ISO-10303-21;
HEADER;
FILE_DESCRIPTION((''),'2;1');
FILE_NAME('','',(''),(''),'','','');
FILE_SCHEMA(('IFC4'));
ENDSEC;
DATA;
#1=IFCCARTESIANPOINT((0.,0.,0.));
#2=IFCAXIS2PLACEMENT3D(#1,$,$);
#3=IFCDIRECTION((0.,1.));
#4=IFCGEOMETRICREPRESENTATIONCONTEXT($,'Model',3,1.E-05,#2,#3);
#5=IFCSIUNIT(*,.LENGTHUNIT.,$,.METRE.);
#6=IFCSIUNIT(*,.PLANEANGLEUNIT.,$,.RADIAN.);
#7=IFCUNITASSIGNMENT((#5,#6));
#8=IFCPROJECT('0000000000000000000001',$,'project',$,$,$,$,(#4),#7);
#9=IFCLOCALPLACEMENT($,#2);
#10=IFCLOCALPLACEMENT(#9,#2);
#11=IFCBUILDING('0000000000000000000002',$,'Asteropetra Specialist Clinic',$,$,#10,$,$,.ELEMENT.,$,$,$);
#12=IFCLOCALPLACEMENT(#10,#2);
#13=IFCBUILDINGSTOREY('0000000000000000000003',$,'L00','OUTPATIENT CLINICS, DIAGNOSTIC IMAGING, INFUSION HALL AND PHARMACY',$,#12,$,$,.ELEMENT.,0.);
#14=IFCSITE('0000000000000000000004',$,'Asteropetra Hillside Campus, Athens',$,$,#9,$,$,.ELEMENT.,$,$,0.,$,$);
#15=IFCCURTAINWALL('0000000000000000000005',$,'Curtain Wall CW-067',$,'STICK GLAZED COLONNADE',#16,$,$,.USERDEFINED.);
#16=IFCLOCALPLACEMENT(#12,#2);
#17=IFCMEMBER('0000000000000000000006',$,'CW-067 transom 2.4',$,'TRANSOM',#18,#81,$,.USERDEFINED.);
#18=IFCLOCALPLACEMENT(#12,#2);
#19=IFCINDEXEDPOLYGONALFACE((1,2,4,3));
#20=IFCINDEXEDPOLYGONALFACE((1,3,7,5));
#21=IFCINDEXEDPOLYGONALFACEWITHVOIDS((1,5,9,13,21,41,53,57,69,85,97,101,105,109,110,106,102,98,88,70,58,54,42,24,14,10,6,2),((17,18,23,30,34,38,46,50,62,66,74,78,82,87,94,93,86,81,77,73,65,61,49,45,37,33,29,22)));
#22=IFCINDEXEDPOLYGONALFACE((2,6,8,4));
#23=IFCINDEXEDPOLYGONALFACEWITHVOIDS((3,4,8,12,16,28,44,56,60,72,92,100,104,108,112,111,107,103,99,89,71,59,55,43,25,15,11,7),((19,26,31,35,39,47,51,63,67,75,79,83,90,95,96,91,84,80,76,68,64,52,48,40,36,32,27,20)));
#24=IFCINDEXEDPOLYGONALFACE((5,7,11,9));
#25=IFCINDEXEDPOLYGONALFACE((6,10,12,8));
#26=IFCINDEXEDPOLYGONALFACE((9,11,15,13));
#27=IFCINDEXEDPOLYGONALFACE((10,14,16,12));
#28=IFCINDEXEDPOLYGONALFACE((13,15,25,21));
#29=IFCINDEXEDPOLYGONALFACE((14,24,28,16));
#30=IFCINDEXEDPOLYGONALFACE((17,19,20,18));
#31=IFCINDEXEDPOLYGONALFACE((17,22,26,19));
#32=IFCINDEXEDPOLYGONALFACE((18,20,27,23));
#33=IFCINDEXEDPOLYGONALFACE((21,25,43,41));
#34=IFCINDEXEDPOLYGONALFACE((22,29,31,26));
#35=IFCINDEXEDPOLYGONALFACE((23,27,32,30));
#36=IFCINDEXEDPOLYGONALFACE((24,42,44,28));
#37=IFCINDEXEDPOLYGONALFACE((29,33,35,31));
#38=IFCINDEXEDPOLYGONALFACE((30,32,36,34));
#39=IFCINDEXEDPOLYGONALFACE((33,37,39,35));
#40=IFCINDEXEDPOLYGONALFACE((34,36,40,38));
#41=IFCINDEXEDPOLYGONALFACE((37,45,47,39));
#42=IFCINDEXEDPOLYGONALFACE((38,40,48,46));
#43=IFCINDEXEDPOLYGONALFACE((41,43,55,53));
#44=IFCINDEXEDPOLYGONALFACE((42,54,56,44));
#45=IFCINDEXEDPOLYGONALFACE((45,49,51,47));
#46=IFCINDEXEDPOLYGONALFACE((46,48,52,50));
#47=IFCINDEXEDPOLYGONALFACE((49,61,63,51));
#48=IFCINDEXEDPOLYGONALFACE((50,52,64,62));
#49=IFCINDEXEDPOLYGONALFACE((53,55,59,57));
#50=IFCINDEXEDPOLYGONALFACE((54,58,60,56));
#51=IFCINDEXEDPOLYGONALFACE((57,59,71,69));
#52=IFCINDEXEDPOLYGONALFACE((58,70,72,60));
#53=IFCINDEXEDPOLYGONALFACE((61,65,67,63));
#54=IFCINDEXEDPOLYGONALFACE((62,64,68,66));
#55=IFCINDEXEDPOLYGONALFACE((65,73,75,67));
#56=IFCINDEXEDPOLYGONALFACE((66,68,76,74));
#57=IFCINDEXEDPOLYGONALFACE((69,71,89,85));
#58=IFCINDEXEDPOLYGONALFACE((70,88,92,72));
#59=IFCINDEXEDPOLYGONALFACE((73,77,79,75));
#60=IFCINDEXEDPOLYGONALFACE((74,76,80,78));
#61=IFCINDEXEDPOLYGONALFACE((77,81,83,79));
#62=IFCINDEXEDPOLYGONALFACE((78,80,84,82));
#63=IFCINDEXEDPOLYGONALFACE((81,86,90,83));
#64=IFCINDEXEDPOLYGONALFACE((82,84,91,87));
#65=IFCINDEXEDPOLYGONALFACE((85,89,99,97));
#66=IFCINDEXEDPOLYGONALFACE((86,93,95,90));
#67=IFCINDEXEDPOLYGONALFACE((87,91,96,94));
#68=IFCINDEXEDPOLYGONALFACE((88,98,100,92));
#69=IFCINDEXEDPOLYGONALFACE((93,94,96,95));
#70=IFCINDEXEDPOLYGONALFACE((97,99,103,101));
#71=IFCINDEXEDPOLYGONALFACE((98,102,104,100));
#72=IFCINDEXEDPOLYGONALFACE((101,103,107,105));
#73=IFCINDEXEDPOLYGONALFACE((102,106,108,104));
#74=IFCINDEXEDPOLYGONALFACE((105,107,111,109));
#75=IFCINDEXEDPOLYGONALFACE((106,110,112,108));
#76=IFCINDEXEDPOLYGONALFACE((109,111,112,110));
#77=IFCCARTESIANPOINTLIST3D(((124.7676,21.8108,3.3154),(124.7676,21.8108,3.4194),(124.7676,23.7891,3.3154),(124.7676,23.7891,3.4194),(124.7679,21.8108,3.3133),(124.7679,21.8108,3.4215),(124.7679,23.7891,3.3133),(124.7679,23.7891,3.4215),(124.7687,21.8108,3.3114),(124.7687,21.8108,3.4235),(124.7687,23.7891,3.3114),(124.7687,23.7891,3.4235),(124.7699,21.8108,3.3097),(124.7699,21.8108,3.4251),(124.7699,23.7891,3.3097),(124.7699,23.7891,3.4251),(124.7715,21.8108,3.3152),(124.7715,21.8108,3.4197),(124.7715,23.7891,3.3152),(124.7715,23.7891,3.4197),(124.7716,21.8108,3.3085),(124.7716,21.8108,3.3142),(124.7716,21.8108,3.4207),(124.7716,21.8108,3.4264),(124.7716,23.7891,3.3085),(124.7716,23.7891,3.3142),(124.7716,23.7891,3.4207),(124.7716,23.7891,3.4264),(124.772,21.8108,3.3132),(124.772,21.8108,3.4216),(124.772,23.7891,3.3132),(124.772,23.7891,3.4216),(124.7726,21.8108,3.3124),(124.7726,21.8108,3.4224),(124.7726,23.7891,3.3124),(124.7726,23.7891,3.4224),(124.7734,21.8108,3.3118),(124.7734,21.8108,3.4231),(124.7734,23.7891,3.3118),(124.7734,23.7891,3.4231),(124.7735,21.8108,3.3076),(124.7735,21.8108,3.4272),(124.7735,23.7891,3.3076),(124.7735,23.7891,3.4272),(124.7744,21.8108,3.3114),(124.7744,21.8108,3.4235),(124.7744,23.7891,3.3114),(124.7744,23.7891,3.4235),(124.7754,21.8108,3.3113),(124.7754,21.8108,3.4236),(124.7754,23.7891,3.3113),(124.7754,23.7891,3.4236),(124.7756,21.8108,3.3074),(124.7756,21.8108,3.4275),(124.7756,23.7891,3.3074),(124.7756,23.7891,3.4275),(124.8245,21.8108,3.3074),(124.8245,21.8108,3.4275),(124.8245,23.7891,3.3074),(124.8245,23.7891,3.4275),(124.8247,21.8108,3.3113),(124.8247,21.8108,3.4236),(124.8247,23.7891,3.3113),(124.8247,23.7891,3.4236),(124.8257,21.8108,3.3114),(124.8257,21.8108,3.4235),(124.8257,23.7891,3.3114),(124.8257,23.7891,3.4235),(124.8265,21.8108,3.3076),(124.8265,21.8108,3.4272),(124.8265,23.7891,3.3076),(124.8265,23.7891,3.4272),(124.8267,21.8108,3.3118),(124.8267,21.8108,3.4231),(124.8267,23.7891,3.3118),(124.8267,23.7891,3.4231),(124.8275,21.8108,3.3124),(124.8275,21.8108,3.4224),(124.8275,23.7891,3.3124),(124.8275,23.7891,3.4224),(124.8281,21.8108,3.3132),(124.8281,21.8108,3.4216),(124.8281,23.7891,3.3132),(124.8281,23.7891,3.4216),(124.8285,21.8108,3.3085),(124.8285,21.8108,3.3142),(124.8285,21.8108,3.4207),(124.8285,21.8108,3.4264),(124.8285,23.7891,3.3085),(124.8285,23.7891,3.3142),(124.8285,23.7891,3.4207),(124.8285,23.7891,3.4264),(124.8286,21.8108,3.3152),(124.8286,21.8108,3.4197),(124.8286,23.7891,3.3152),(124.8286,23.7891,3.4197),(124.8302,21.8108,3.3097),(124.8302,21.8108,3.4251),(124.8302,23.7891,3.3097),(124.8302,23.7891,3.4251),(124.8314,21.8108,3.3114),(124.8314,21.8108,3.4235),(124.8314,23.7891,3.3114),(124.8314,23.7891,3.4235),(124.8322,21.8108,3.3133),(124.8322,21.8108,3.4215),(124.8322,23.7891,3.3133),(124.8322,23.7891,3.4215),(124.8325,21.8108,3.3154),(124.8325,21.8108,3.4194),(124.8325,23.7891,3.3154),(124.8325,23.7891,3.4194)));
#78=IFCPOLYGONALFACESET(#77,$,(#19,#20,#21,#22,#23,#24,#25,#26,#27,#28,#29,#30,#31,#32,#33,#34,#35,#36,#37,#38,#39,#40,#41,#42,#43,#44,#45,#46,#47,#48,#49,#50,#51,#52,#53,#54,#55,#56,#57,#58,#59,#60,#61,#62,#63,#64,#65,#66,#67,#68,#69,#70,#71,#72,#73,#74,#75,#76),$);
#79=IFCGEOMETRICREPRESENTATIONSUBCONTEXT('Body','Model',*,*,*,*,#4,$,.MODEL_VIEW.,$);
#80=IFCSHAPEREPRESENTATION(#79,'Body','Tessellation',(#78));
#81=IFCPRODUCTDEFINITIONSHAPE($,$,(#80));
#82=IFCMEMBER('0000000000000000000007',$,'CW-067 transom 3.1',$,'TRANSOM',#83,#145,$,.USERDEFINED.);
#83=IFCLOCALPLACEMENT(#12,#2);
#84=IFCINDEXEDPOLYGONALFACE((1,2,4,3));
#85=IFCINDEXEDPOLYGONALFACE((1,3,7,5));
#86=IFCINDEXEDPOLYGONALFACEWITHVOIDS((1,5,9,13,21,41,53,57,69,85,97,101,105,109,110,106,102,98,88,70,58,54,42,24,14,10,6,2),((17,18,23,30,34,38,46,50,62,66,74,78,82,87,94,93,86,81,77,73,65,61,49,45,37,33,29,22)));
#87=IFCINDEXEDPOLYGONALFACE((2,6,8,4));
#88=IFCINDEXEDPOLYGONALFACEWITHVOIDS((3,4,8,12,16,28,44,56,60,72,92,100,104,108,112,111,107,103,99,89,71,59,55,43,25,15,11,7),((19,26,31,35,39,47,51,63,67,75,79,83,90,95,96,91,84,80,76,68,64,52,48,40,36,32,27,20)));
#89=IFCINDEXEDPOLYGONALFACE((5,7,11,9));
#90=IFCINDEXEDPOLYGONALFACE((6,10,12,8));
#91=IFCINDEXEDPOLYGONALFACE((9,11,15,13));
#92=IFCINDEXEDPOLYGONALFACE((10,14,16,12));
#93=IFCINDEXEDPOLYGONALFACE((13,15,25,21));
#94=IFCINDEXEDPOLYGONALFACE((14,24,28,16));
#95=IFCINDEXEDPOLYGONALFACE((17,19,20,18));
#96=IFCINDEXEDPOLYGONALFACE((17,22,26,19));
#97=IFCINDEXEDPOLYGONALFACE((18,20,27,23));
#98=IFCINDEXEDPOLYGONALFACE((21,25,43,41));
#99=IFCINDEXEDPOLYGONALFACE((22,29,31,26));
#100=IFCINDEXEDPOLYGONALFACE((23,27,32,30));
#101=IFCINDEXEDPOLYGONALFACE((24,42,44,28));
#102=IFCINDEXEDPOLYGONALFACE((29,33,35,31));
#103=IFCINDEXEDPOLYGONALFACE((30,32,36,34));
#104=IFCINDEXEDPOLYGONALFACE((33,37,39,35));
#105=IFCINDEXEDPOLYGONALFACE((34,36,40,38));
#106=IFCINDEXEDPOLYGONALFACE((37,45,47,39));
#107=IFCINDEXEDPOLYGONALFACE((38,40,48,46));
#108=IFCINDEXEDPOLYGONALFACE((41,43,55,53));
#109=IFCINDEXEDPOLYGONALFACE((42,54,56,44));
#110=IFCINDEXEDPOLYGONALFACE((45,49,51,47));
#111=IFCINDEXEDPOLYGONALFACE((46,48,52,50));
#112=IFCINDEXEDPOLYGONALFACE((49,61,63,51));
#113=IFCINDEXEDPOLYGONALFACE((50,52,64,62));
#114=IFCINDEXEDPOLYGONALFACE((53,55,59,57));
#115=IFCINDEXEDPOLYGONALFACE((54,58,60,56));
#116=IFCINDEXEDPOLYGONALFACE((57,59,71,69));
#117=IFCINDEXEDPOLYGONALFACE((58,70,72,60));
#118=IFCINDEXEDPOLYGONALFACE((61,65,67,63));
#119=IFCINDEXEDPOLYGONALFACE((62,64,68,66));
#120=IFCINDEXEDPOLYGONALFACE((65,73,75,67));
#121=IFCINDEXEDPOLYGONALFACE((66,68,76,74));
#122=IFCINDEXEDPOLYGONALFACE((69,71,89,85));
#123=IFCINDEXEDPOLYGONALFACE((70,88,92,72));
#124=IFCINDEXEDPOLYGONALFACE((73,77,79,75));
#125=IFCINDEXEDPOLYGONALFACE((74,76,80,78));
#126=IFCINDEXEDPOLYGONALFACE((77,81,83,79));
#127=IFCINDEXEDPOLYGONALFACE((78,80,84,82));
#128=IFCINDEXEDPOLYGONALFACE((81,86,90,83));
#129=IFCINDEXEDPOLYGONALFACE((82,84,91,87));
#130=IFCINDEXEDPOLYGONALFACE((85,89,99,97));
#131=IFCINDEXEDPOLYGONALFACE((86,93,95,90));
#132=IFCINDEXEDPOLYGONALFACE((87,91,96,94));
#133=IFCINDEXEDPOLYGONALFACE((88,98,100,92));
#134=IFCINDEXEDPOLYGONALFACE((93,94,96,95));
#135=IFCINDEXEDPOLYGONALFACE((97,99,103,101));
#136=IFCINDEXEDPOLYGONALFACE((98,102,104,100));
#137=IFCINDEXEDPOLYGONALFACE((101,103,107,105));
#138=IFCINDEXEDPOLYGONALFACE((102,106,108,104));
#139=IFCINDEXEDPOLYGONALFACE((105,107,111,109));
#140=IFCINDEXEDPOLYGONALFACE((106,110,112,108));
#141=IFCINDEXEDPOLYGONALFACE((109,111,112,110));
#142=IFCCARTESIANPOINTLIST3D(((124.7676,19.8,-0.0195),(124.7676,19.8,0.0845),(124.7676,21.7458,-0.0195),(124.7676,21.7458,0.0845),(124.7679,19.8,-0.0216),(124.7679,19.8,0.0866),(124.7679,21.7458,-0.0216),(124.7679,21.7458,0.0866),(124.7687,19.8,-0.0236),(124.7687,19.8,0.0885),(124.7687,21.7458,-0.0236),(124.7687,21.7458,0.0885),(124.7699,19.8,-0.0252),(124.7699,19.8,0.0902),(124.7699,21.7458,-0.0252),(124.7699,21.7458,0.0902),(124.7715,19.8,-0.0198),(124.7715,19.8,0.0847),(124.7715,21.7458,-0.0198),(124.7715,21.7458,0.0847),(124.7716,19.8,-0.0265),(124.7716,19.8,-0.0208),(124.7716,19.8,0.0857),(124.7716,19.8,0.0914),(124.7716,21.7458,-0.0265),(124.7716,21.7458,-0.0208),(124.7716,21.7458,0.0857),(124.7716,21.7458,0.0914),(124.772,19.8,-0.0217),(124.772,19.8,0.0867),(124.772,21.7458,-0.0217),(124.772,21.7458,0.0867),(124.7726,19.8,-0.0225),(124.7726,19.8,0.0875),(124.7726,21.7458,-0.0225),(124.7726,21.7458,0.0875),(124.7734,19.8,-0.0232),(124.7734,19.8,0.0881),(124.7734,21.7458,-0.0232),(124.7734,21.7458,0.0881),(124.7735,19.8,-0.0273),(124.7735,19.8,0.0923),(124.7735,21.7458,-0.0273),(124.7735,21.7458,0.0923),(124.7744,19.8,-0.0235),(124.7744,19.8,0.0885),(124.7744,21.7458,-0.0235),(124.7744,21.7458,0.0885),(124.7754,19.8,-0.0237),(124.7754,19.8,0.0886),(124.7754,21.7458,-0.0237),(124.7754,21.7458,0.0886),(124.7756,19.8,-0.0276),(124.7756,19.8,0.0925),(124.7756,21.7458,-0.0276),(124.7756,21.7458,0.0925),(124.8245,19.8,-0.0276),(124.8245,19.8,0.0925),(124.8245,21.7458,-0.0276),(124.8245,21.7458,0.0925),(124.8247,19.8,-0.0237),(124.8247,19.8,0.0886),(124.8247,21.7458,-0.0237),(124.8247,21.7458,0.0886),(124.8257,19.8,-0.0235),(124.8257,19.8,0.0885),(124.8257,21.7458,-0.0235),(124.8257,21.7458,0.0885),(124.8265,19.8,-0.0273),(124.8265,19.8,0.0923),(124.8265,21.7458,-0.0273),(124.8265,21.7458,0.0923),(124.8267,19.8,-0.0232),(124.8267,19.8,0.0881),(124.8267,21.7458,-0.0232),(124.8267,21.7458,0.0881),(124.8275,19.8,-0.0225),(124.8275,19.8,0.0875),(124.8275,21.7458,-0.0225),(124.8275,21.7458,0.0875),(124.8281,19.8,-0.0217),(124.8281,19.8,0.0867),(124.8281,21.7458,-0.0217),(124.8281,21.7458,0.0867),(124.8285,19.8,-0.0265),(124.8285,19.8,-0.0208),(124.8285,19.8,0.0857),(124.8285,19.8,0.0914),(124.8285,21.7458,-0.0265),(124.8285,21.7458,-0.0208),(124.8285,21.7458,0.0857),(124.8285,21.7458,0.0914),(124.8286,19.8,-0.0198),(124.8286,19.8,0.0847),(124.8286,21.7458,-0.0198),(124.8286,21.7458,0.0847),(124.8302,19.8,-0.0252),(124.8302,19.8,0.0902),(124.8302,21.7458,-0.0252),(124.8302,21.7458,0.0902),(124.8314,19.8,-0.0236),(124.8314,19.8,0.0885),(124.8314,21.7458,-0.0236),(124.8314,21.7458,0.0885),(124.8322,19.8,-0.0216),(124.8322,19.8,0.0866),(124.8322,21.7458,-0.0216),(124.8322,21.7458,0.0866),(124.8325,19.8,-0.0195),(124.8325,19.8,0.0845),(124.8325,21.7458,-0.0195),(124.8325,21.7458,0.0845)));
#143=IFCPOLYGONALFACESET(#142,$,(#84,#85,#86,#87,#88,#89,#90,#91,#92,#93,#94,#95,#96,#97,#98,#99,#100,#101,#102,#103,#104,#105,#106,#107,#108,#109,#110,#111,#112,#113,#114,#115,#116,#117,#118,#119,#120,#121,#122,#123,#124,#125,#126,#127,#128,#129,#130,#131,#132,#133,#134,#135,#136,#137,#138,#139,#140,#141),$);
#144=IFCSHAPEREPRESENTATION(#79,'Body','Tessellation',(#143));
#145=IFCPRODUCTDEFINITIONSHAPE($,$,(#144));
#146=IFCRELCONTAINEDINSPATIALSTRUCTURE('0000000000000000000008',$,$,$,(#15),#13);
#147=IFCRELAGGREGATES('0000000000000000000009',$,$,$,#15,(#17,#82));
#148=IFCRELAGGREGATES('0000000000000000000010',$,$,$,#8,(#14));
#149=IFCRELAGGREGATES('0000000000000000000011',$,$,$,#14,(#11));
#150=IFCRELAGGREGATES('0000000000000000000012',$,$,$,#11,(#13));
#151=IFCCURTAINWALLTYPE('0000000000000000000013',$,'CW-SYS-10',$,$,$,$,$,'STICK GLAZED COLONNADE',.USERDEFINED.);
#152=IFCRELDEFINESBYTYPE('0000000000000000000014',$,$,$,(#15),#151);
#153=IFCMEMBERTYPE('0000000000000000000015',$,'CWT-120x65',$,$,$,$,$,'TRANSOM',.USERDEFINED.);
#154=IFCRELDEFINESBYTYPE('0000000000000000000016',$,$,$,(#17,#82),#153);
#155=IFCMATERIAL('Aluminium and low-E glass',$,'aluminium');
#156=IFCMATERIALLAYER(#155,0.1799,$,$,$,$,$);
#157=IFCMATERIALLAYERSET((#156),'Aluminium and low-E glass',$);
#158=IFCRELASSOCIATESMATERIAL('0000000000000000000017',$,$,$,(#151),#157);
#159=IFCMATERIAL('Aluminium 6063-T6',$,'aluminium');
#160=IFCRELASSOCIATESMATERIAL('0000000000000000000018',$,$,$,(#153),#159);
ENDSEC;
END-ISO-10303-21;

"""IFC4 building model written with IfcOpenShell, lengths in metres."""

from ifc_helpers import new_model, si_unit, direction, frame, origin, origin_2d, place, context, subcontext, project, spatial, hollow_rectangle, extrude, material, layer, layer_set, material_profile, profile_set, type_object, element, aggregate, save


model = new_model("IFC4")

# Units and contexts
model_context = context("Model", 3, precision=1e-05, world=origin(), true_north=direction((0.0, 1.0)))
body_context = subcontext(model_context, "Body", "Model", "MODEL_VIEW")
ifc_project = project(units=[si_unit("LENGTHUNIT", "METRE"), si_unit("PLANEANGLEUNIT", "RADIAN")], contexts=[model_context])

# Site, building, storey
site_placement = place(None, origin())
site = spatial("IfcSite", under=ifc_project, at=site_placement, Name="Asteropetra Hillside Campus, Athens", CompositionType="ELEMENT", RefElevation=0.0)
building_placement = place(site_placement, origin())
building = spatial("IfcBuilding", under=site, at=building_placement, Name="Asteropetra Specialist Clinic", CompositionType="ELEMENT")
storey_placement = place(building_placement, origin())
storey = spatial("IfcBuildingStorey", under=building, at=storey_placement, Name="L00", Description="OUTPATIENT CLINICS, DIAGNOSTIC IMAGING, INFUSION HALL AND PHARMACY", CompositionType="ELEMENT", Elevation=0.0)

# Curtain wall, members
ifc_material_1 = material(Name="Aluminium and low-E glass", Category="aluminium")
ifc_layer_1 = layer(ifc_material_1, 0.1799)
ifc_layer_set_1 = layer_set([ifc_layer_1], Name="Aluminium and low-E glass")
curtain_wall_type = type_object("IfcCurtainWallType", Name="CW-SYS-10", ElementType="STICK GLAZED COLONNADE", PredefinedType="USERDEFINED", material=ifc_layer_set_1)
curtain_wall_placement = place(storey_placement, origin())
curtain_wall = element("IfcCurtainWall", 1, at=curtain_wall_placement, inside=storey, type_object=curtain_wall_type, Name="Curtain Wall CW-067", ObjectType="STICK GLAZED COLONNADE", PredefinedType="USERDEFINED")
ifc_material_2 = material(Name="Aluminium 6063-T6", Category="aluminium")
ifc_material_profile_1 = material_profile(ifc_material_2, hollow_rectangle(XDim=0.0649, YDim=0.1201, WallThickness=0.0039, InnerFilletRadius=0.0039, OuterFilletRadius=0.0081, at=origin_2d()), Name="TRN 120x65x4.0")
ifc_profile_set_1 = profile_set([ifc_material_profile_1], Name="Aluminium 6063-T6")
member_type_1 = type_object("IfcMemberType", Name="CWT-120x65", ElementType="TRANSOM", PredefinedType="USERDEFINED", material=ifc_profile_set_1)
member_1_placement = place(storey_placement, frame((124.8, 23.7891, 3.3674), z_axis=(0.0, -1.0, 0.0), x_axis=(1.0, 0.0, 0.0)))
member_1 = element("IfcMember", 2, at=member_1_placement, type_object=member_type_1, Name="CW-067 transom 2.4", ObjectType="TRANSOM", PredefinedType="USERDEFINED", context=body_context, shape_type="SweptSolid", body=[
    extrude(hollow_rectangle(XDim=0.0649, YDim=0.1201, WallThickness=0.0039, InnerFilletRadius=0.0039, OuterFilletRadius=0.0081, at=origin_2d()), origin(), (0.0, 0.0, 1.0), 1.9783),
])
member_2_placement = place(storey_placement, frame((124.8, 21.7458, 0.0325), z_axis=(0.0, -1.0, 0.0), x_axis=(1.0, 0.0, 0.0)))
member_2 = element("IfcMember", 3, at=member_2_placement, type_object=member_type_1, Name="CW-067 transom 3.1", ObjectType="TRANSOM", PredefinedType="USERDEFINED", context=body_context, shape_type="SweptSolid", body=[
    extrude(hollow_rectangle(XDim=0.0649, YDim=0.1201, WallThickness=0.0039, InnerFilletRadius=0.0039, OuterFilletRadius=0.0081, at=origin_2d()), origin(), (0.0, 0.0, 1.0), 1.9458),
])
aggregate(curtain_wall, [member_1, member_2])

save(model, "model.ifc")
